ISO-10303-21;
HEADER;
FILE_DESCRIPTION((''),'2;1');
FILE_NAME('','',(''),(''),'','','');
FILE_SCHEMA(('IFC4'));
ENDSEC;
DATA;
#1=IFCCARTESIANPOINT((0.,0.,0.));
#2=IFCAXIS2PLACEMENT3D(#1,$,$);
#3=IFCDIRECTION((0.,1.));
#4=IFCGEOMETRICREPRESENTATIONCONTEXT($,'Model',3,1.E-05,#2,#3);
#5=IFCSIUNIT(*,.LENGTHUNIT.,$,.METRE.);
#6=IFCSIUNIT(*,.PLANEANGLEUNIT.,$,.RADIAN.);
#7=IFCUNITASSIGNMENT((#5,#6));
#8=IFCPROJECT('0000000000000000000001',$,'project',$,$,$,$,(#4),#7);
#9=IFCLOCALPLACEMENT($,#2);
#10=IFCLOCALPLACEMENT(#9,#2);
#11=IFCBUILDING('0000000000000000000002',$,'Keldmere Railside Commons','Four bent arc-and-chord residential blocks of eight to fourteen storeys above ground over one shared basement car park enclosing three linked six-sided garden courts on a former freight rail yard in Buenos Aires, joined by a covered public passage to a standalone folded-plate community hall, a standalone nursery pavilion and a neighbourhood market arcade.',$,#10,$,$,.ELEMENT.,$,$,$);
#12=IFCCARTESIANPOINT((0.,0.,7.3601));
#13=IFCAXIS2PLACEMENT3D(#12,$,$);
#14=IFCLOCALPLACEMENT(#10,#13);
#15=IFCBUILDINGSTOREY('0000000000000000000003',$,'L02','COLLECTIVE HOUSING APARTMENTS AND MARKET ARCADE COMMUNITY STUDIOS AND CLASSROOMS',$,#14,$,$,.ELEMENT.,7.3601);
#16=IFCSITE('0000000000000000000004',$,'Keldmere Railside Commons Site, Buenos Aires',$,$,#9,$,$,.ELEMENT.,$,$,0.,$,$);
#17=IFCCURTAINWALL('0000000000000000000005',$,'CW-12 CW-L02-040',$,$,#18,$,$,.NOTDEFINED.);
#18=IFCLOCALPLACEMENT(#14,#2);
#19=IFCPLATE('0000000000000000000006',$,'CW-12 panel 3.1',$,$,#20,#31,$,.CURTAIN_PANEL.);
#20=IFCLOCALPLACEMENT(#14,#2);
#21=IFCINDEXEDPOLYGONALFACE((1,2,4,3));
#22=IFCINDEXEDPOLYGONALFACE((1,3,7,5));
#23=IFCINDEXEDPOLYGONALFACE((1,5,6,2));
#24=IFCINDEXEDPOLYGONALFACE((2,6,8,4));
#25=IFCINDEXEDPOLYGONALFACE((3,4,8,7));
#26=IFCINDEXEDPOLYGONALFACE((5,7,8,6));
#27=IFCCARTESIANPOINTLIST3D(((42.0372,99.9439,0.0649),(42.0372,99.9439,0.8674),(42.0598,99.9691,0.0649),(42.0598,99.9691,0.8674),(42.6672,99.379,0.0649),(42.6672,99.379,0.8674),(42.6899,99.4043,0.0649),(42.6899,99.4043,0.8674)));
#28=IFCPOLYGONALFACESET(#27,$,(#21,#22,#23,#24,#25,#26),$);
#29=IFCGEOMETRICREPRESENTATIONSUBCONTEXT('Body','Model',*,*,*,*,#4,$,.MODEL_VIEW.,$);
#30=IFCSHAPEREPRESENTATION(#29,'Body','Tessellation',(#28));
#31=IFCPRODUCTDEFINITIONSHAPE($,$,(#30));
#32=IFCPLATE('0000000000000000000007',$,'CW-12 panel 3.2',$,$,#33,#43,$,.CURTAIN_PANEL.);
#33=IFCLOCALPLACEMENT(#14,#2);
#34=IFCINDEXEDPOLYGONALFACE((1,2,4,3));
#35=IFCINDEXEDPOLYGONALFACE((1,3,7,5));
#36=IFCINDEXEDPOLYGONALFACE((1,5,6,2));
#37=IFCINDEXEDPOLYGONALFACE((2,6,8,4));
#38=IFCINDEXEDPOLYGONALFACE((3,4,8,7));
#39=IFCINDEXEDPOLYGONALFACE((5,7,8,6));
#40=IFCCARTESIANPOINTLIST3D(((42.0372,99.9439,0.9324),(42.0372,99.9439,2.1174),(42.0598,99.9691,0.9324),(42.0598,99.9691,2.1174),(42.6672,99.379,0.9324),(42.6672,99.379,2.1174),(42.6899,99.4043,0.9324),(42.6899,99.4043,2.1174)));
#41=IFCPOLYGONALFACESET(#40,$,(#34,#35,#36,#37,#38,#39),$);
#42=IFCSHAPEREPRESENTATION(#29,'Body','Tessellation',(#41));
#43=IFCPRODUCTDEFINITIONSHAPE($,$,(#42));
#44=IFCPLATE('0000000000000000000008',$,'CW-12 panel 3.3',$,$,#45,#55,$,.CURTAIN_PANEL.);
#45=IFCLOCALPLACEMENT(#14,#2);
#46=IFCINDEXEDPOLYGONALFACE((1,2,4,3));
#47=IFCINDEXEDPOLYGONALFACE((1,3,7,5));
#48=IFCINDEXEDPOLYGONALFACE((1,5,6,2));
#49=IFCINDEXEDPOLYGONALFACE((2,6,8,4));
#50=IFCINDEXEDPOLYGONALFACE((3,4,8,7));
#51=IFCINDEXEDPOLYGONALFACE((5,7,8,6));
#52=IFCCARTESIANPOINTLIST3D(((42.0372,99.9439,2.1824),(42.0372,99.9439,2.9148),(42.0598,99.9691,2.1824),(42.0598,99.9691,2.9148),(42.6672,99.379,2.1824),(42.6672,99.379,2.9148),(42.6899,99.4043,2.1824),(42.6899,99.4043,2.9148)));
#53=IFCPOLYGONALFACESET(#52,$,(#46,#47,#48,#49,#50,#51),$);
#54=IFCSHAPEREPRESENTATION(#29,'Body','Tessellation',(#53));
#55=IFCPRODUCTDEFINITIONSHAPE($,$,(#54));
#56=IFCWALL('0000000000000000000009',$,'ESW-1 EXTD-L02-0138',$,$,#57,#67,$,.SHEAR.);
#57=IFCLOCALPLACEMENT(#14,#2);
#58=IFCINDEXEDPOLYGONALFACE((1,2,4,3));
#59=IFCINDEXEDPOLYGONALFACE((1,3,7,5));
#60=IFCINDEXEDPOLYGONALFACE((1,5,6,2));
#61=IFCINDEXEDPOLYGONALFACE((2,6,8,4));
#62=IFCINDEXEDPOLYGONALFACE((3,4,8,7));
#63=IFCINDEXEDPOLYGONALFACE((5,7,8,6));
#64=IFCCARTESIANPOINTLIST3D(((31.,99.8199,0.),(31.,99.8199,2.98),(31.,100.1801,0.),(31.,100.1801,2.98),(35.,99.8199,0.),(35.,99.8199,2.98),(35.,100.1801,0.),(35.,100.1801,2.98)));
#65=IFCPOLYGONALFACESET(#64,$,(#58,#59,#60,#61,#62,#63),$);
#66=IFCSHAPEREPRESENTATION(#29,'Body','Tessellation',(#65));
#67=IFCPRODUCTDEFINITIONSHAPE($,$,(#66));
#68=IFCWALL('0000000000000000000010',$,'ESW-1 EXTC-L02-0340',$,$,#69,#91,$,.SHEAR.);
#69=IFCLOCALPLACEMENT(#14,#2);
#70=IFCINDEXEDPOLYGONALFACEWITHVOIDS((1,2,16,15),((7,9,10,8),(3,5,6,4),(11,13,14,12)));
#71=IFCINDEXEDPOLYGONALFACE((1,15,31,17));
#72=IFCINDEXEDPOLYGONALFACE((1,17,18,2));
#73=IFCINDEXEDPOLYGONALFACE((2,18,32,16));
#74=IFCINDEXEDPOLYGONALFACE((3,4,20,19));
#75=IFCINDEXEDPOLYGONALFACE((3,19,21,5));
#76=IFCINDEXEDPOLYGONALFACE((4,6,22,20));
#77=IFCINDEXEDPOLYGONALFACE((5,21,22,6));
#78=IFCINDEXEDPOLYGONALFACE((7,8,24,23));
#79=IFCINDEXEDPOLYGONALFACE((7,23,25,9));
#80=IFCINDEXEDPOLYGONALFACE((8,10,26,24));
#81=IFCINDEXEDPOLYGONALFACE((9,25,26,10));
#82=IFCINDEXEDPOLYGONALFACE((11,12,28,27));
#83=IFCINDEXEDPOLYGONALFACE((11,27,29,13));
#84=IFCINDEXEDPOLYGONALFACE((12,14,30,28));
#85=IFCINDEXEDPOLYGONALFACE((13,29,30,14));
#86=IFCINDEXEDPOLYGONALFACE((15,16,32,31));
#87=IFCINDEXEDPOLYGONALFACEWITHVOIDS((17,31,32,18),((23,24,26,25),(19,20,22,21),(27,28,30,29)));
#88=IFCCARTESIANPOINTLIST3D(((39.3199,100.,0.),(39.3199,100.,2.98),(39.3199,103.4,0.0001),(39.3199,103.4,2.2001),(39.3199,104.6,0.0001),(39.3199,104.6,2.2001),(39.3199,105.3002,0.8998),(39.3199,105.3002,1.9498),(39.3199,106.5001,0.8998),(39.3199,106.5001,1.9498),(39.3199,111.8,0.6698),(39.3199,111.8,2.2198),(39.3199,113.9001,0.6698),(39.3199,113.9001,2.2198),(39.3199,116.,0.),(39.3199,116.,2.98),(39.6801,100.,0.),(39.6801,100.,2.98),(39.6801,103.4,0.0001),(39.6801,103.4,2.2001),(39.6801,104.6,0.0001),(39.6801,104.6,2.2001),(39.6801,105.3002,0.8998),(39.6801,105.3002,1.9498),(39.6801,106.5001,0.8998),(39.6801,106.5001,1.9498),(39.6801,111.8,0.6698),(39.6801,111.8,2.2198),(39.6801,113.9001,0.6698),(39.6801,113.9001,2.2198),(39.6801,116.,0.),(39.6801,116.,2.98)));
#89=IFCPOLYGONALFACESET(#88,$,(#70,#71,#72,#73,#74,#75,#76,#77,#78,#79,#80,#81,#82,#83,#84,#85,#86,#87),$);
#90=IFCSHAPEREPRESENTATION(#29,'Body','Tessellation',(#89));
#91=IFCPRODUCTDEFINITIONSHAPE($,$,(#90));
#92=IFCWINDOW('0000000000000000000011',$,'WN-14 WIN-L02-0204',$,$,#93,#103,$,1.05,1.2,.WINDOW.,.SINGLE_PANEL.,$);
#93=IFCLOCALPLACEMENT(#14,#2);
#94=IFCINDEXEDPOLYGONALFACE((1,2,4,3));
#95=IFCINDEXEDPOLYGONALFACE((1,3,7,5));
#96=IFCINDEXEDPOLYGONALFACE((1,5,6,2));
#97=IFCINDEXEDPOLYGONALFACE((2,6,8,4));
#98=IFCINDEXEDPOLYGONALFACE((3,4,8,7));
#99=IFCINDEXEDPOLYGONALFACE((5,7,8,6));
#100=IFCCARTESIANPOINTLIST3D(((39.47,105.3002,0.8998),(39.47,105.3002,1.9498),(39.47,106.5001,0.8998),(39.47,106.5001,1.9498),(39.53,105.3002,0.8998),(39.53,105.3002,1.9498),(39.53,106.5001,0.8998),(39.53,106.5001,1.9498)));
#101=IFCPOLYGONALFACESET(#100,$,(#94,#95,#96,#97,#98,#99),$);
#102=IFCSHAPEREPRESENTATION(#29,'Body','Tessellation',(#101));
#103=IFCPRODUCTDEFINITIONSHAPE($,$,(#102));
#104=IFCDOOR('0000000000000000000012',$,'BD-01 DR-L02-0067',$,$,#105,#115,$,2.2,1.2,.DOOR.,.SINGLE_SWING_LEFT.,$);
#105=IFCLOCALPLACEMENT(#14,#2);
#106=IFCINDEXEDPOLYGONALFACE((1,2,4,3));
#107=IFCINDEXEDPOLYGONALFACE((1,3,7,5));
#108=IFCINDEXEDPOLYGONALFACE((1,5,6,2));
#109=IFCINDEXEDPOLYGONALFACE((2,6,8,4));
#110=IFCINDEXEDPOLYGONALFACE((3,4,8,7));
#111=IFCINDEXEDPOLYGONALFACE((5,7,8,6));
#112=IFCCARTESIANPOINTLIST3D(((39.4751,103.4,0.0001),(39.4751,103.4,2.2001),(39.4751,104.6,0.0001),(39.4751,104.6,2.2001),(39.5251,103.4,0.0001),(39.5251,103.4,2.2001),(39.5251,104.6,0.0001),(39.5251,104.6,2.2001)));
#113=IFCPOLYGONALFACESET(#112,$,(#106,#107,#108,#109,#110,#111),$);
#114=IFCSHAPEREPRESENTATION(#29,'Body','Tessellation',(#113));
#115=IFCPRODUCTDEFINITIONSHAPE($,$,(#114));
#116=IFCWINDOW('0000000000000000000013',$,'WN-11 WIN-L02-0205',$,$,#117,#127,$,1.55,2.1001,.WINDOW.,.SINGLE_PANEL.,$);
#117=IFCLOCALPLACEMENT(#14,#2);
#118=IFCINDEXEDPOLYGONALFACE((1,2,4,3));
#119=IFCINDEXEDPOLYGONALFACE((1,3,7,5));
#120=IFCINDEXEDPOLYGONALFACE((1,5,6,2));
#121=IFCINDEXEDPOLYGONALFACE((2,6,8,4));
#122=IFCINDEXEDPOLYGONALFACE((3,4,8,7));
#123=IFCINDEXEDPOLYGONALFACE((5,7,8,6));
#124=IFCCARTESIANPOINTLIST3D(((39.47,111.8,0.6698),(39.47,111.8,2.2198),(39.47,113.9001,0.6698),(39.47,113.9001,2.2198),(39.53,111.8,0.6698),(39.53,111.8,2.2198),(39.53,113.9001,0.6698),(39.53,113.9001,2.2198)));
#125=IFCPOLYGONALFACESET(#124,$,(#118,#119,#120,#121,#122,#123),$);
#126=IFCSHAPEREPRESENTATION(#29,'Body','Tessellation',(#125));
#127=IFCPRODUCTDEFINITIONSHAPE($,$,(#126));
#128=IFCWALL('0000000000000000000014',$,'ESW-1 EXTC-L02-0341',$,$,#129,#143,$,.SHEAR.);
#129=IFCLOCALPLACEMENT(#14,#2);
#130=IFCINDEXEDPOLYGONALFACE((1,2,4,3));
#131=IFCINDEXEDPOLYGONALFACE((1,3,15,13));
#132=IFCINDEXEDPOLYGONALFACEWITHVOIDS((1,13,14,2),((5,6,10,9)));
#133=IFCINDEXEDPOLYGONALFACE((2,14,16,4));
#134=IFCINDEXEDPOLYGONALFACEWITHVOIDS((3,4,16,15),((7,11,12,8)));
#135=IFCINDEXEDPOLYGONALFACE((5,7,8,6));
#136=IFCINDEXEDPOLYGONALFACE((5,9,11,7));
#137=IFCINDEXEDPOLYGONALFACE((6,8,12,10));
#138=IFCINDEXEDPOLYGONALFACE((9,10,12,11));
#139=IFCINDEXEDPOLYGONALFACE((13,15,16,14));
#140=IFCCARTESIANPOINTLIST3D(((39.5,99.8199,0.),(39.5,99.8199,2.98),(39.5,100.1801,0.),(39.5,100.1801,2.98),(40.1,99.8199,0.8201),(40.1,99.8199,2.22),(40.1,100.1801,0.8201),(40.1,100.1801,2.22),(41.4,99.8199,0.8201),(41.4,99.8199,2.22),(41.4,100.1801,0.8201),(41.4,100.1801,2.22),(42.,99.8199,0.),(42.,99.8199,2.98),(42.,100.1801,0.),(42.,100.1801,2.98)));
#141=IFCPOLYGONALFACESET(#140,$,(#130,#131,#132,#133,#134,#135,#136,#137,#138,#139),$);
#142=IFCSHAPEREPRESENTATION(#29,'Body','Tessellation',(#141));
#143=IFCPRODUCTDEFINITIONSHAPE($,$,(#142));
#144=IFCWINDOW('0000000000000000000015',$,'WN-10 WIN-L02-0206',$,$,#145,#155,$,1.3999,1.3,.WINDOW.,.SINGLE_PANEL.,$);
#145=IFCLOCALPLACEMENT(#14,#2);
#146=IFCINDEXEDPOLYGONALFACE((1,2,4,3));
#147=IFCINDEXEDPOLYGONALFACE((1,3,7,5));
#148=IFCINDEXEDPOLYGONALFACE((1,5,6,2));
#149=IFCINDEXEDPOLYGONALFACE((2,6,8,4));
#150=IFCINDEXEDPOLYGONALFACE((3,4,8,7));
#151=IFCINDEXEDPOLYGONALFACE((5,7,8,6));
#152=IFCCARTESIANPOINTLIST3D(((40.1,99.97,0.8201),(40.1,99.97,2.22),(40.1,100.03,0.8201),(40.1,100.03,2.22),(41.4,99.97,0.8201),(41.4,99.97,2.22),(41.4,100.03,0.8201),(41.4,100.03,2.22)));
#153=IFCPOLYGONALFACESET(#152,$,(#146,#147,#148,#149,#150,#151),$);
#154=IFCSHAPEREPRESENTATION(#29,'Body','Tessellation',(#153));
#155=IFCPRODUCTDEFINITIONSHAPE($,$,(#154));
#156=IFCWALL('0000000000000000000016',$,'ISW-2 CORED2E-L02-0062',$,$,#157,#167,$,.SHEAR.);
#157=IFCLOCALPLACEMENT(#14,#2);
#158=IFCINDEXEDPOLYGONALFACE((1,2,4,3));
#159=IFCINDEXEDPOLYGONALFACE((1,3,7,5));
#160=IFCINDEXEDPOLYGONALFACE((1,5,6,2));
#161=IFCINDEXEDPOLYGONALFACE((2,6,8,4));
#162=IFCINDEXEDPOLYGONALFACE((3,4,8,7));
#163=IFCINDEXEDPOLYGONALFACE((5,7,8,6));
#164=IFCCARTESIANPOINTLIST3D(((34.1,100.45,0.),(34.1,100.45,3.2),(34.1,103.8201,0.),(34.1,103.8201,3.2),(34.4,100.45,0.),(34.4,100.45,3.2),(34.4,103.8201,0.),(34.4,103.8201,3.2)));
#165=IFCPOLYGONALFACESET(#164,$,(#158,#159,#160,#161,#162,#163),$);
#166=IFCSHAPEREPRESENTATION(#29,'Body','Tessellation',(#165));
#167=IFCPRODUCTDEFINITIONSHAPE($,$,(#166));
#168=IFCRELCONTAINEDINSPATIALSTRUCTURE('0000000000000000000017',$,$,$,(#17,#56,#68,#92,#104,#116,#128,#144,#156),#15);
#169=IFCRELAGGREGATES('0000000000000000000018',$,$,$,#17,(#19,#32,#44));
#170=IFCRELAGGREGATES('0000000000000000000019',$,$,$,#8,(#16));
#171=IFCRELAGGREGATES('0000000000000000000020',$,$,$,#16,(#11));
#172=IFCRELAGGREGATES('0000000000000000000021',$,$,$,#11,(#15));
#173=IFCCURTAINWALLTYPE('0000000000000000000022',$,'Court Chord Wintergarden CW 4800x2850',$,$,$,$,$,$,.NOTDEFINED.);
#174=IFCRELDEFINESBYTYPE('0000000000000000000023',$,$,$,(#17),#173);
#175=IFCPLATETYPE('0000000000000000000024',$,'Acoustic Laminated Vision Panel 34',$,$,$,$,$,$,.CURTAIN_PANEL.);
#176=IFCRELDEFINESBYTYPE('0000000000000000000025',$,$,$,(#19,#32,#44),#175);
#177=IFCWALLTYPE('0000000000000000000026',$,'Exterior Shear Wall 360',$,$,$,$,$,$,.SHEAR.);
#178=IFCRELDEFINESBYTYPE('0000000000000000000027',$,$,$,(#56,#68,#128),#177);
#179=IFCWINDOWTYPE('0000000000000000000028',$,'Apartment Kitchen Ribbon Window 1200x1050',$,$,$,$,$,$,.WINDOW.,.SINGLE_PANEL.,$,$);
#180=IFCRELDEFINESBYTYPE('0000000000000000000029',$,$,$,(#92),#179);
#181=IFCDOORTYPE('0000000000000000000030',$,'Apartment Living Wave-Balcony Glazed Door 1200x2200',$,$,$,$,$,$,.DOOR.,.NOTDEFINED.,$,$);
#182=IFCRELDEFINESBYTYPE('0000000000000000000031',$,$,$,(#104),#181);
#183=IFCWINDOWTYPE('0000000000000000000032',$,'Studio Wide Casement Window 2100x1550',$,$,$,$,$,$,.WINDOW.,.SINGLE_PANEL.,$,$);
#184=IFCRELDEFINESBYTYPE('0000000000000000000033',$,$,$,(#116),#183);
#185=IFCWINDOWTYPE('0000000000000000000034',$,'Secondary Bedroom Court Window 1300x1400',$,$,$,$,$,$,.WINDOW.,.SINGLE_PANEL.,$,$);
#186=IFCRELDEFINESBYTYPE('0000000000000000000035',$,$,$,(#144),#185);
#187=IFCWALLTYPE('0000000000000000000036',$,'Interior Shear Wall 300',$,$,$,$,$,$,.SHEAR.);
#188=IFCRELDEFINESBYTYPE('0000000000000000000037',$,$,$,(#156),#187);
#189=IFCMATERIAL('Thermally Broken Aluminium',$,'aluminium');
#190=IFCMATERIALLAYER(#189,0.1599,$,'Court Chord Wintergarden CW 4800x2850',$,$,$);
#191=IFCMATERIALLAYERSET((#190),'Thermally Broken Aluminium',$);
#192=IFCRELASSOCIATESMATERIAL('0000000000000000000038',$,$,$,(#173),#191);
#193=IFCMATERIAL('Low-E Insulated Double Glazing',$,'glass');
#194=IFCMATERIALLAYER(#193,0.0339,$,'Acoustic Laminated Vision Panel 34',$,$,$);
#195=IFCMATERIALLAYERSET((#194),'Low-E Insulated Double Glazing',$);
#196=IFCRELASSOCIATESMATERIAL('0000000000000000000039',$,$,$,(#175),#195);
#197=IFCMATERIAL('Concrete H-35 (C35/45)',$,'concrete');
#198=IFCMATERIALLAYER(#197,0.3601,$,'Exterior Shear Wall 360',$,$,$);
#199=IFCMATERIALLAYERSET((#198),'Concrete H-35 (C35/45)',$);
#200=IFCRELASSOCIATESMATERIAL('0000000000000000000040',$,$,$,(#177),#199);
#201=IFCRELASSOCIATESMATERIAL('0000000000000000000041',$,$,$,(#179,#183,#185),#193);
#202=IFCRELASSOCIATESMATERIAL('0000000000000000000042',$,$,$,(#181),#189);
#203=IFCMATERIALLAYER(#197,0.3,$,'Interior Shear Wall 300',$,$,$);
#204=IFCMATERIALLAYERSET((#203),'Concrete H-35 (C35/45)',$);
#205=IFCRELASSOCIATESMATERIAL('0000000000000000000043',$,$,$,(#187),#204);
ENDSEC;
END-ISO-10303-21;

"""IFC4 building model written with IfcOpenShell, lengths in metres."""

from ifc_helpers import new_model, si_unit, direction, frame, frame_2d, origin, origin_2d, place, context, subcontext, project, spatial, rectangle, extrude, material, layer, layer_set, type_object, element, fill, aggregate, save


model = new_model("IFC4")

# Units and contexts
model_context = context("Model", 3, precision=1e-05, world=origin(), true_north=direction((0.0, 1.0)))
body_context = subcontext(model_context, "Body", "Model", "MODEL_VIEW")
ifc_project = project(units=[si_unit("LENGTHUNIT", "METRE"), si_unit("PLANEANGLEUNIT", "RADIAN")], contexts=[model_context])

# Site, building, storey
site_placement = place(None, origin())
site = spatial("IfcSite", under=ifc_project, at=site_placement, Name="Keldmere Railside Commons Site, Buenos Aires", CompositionType="ELEMENT", RefElevation=0.0)
building_placement = place(site_placement, origin())
building = spatial("IfcBuilding", under=site, at=building_placement, Name="Keldmere Railside Commons", Description="Four bent arc-and-chord residential blocks of eight to fourteen storeys above ground over one shared basement car park enclosing three linked six-sided garden courts on a former freight rail yard in Buenos Aires, joined by a covered public passage to a standalone folded-plate community hall, a standalone nursery pavilion and a neighbourhood market arcade.", CompositionType="ELEMENT")
storey_placement = place(building_placement, frame((0.0, 0.0, 7.3601)))
storey = spatial("IfcBuildingStorey", under=building, at=storey_placement, Name="L02", Description="COLLECTIVE HOUSING APARTMENTS AND MARKET ARCADE COMMUNITY STUDIOS AND CLASSROOMS", CompositionType="ELEMENT", Elevation=7.3601)

# Curtain wall
ifc_material_1 = material(Name="Thermally Broken Aluminium", Category="aluminium")
ifc_layer_1 = layer(ifc_material_1, 0.1599, Name="Court Chord Wintergarden CW 4800x2850")
ifc_layer_set_1 = layer_set([ifc_layer_1], Name="Thermally Broken Aluminium")
curtain_wall_type = type_object("IfcCurtainWallType", Name="Court Chord Wintergarden CW 4800x2850", PredefinedType="NOTDEFINED", material=ifc_layer_set_1)
curtain_wall_1_placement = place(storey_placement, origin())
curtain_wall_1 = element("IfcCurtainWall", 1, at=curtain_wall_1_placement, inside=storey, type_object=curtain_wall_type, Name="CW-12 CW-L02-040", PredefinedType="NOTDEFINED")

# Plates
ifc_material_2 = material(Name="Low-E Insulated Double Glazing", Category="glass")
ifc_layer_2 = layer(ifc_material_2, 0.0339, Name="Acoustic Laminated Vision Panel 34")
ifc_layer_set_2 = layer_set([ifc_layer_2], Name="Low-E Insulated Double Glazing")
plate_type = type_object("IfcPlateType", Name="Acoustic Laminated Vision Panel 34", PredefinedType="CURTAIN_PANEL", material=ifc_layer_set_2)
plate_1_placement = place(storey_placement, frame((42.3635, 99.6741, 0.0649), z_axis=(0.0, 0.0, 1.0), x_axis=(-0.744557, 0.667559, 0.0)))
plate_1 = element("IfcPlate", 2, at=plate_1_placement, type_object=plate_type, Name="CW-12 panel 3.1", PredefinedType="CURTAIN_PANEL", context=body_context, shape_type="SweptSolid", body=[
    extrude(rectangle(XDim=0.8462, YDim=0.0339, at=origin_2d()), origin(), (0.0, 0.0, 1.0), 0.8025),
])
plate_2_placement = place(storey_placement, frame((42.3635, 99.6741, 0.9324), z_axis=(0.0, 0.0, 1.0), x_axis=(-0.744557, 0.667559, 0.0)))
plate_2 = element("IfcPlate", 3, at=plate_2_placement, type_object=plate_type, Name="CW-12 panel 3.2", PredefinedType="CURTAIN_PANEL", context=body_context, shape_type="SweptSolid", body=[
    extrude(rectangle(XDim=0.8462, YDim=0.0339, at=origin_2d()), origin(), (0.0, 0.0, 1.0), 1.1851),
])
plate_3_placement = place(storey_placement, frame((42.3635, 99.6741, 2.1824), z_axis=(0.0, 0.0, 1.0), x_axis=(-0.744557, 0.667559, 0.0)))
plate_3 = element("IfcPlate", 4, at=plate_3_placement, type_object=plate_type, Name="CW-12 panel 3.3", PredefinedType="CURTAIN_PANEL", context=body_context, shape_type="SweptSolid", body=[
    extrude(rectangle(XDim=0.8462, YDim=0.0339, at=origin_2d()), origin(), (0.0, 0.0, 1.0), 0.7324),
])
aggregate(curtain_wall_1, [plate_1, plate_2, plate_3])

# Wall
ifc_material_3 = material(Name="Concrete H-35 (C35/45)", Category="concrete")
ifc_layer_3 = layer(ifc_material_3, 0.3601, Name="Exterior Shear Wall 360")
ifc_layer_set_3 = layer_set([ifc_layer_3], Name="Concrete H-35 (C35/45)")
wall_type_1 = type_object("IfcWallType", Name="Exterior Shear Wall 360", PredefinedType="SHEAR", material=ifc_layer_set_3)
wall_1_placement = place(storey_placement, frame((35.0, 100.0, 0.0), z_axis=(0.0, 0.0, 1.0), x_axis=(-1.0, 0.0, 0.0)))
element("IfcWall", 5, at=wall_1_placement, inside=storey, type_object=wall_type_1, Name="ESW-1 EXTD-L02-0138", PredefinedType="SHEAR", context=body_context, shape_type="SweptSolid", body=[
    extrude(rectangle(XDim=4.0, YDim=0.3601, at=frame_2d((2.0, 0.0))), origin(), (0.0, 0.0, 1.0), 2.98),
])

# Wall, openings, windows, door
wall_2_placement = place(storey_placement, frame((39.5, 100.0, 0.0), z_axis=(0.0, 0.0, 1.0), x_axis=(0.0, 1.0, 0.0)))
wall_2 = element("IfcWall", 6, at=wall_2_placement, inside=storey, type_object=wall_type_1, Name="ESW-1 EXTC-L02-0340", PredefinedType="SHEAR", context=body_context, shape_type="SweptSolid", body=[
    extrude(rectangle(XDim=16.0, YDim=0.3601, at=frame_2d((8.0, 0.0))), origin(), (0.0, 0.0, 1.0), 2.98),
])
opening_1_placement = place(wall_2_placement, frame((3.3999, 0.0, 0.0)))
opening_1 = element("IfcOpeningElement", 7, at=opening_1_placement, cuts=wall_2, PredefinedType="OPENING", context=body_context, shape_type="SweptSolid", body=[
    extrude(rectangle(XDim=1.2, YDim=2.2, at=frame_2d((0.6001, 1.1001))), frame((0.0, 0.1899, 0.0), z_axis=(0.0, -1.0, 0.0), x_axis=(1.0, 0.0, 0.0)), (0.0, 0.0, 1.0), 0.3801),
])
opening_2_placement = place(wall_2_placement, frame((5.3, 0.0, 0.8999)))
opening_2 = element("IfcOpeningElement", 8, at=opening_2_placement, cuts=wall_2, PredefinedType="OPENING", context=body_context, shape_type="SweptSolid", body=[
    extrude(rectangle(XDim=1.2, YDim=1.05, at=frame_2d((0.6001, 0.5249))), frame((0.0, 0.1899, 0.0), z_axis=(0.0, -1.0, 0.0), x_axis=(1.0, 0.0, 0.0)), (0.0, 0.0, 1.0), 0.3801),
])
opening_3_placement = place(wall_2_placement, frame((11.8, 0.0, 0.6699)))
opening_3 = element("IfcOpeningElement", 9, at=opening_3_placement, cuts=wall_2, PredefinedType="OPENING", context=body_context, shape_type="SweptSolid", body=[
    extrude(rectangle(XDim=2.1001, YDim=1.55, at=frame_2d((1.05, 0.7749))), frame((0.0, 0.1899, 0.0), z_axis=(0.0, -1.0, 0.0), x_axis=(1.0, 0.0, 0.0)), (0.0, 0.0, 1.0), 0.3801),
])
window_type_1 = type_object("IfcWindowType", Name="Apartment Kitchen Ribbon Window 1200x1050", PartitioningType="SINGLE_PANEL", PredefinedType="WINDOW", material=ifc_material_2)
window_1_placement = place(opening_2_placement, origin())
window_1 = element("IfcWindow", 10, at=window_1_placement, inside=storey, type_object=window_type_1, Name="WN-14 WIN-L02-0204", OverallHeight=1.05, OverallWidth=1.2, PartitioningType="SINGLE_PANEL", PredefinedType="WINDOW", context=body_context, shape_type="SweptSolid", body=[
    extrude(rectangle(XDim=1.2, YDim=1.05, at=frame_2d((0.6001, 0.5249))), frame((0.0, 0.03, 0.0), z_axis=(0.0, -1.0, 0.0), x_axis=(1.0, 0.0, 0.0)), (0.0, 0.0, 1.0), 0.0601),
])
fill(opening_2, window_1)
door_type = type_object("IfcDoorType", Name="Apartment Living Wave-Balcony Glazed Door 1200x2200", OperationType="NOTDEFINED", PredefinedType="DOOR", material=ifc_material_1)
door_placement = place(opening_1_placement, origin())
door = element("IfcDoor", 11, at=door_placement, inside=storey, type_object=door_type, Name="BD-01 DR-L02-0067", OperationType="SINGLE_SWING_LEFT", OverallHeight=2.2, OverallWidth=1.2, PredefinedType="DOOR", context=body_context, shape_type="SweptSolid", body=[
    extrude(rectangle(XDim=1.2, YDim=2.2, at=frame_2d((0.6001, 1.1001))), frame((0.0, 0.0249, 0.0), z_axis=(0.0, -1.0, 0.0), x_axis=(1.0, 0.0, 0.0)), (0.0, 0.0, 1.0), 0.05),
])
fill(opening_1, door)
window_type_2 = type_object("IfcWindowType", Name="Studio Wide Casement Window 2100x1550", PartitioningType="SINGLE_PANEL", PredefinedType="WINDOW", material=ifc_material_2)
window_2_placement = place(opening_3_placement, origin())
window_2 = element("IfcWindow", 12, at=window_2_placement, inside=storey, type_object=window_type_2, Name="WN-11 WIN-L02-0205", OverallHeight=1.55, OverallWidth=2.1001, PartitioningType="SINGLE_PANEL", PredefinedType="WINDOW", context=body_context, shape_type="SweptSolid", body=[
    extrude(rectangle(XDim=2.1001, YDim=1.55, at=frame_2d((1.05, 0.7749))), frame((0.0, 0.03, 0.0), z_axis=(0.0, -1.0, 0.0), x_axis=(1.0, 0.0, 0.0)), (0.0, 0.0, 1.0), 0.0601),
])
fill(opening_3, window_2)

# Wall, opening, window
wall_3_placement = place(storey_placement, frame((42.0, 100.0, 0.0), z_axis=(0.0, 0.0, 1.0), x_axis=(-1.0, 0.0, 0.0)))
wall_3 = element("IfcWall", 13, at=wall_3_placement, inside=storey, type_object=wall_type_1, Name="ESW-1 EXTC-L02-0341", PredefinedType="SHEAR", context=body_context, shape_type="SweptSolid", body=[
    extrude(rectangle(XDim=2.5, YDim=0.3601, at=frame_2d((1.25, 0.0))), origin(), (0.0, 0.0, 1.0), 2.98),
])
opening_4_placement = place(wall_3_placement, frame((0.6001, 0.0, 0.8201)))
opening_4 = element("IfcOpeningElement", 14, at=opening_4_placement, cuts=wall_3, PredefinedType="OPENING", context=body_context, shape_type="SweptSolid", body=[
    extrude(rectangle(XDim=1.3, YDim=1.3999, at=frame_2d((0.6499, 0.7))), frame((0.0, 0.1899, 0.0), z_axis=(0.0, -1.0, 0.0), x_axis=(1.0, 0.0, 0.0)), (0.0, 0.0, 1.0), 0.3801),
])
window_type_3 = type_object("IfcWindowType", Name="Secondary Bedroom Court Window 1300x1400", PartitioningType="SINGLE_PANEL", PredefinedType="WINDOW", material=ifc_material_2)
window_3_placement = place(opening_4_placement, origin())
window_3 = element("IfcWindow", 15, at=window_3_placement, inside=storey, type_object=window_type_3, Name="WN-10 WIN-L02-0206", OverallHeight=1.3999, OverallWidth=1.3, PartitioningType="SINGLE_PANEL", PredefinedType="WINDOW", context=body_context, shape_type="SweptSolid", body=[
    extrude(rectangle(XDim=1.3, YDim=1.3999, at=frame_2d((0.6499, 0.7))), frame((0.0, 0.03, 0.0), z_axis=(0.0, -1.0, 0.0), x_axis=(1.0, 0.0, 0.0)), (0.0, 0.0, 1.0), 0.0601),
])
fill(opening_4, window_3)

# Wall
ifc_layer_4 = layer(ifc_material_3, 0.3, Name="Interior Shear Wall 300")
ifc_layer_set_4 = layer_set([ifc_layer_4], Name="Concrete H-35 (C35/45)")
wall_type_2 = type_object("IfcWallType", Name="Interior Shear Wall 300", PredefinedType="SHEAR", material=ifc_layer_set_4)
wall_4_placement = place(storey_placement, frame((34.25, 100.45, 0.0), z_axis=(0.0, 0.0, 1.0), x_axis=(0.0, 1.0, 0.0)))
element("IfcWall", 16, at=wall_4_placement, inside=storey, type_object=wall_type_2, Name="ISW-2 CORED2E-L02-0062", PredefinedType="SHEAR", context=body_context, shape_type="SweptSolid", body=[
    extrude(rectangle(XDim=3.3701, YDim=0.3, at=frame_2d((1.6851, 0.0))), origin(), (0.0, 0.0, 1.0), 3.2),
])

save(model, "model.ifc")
